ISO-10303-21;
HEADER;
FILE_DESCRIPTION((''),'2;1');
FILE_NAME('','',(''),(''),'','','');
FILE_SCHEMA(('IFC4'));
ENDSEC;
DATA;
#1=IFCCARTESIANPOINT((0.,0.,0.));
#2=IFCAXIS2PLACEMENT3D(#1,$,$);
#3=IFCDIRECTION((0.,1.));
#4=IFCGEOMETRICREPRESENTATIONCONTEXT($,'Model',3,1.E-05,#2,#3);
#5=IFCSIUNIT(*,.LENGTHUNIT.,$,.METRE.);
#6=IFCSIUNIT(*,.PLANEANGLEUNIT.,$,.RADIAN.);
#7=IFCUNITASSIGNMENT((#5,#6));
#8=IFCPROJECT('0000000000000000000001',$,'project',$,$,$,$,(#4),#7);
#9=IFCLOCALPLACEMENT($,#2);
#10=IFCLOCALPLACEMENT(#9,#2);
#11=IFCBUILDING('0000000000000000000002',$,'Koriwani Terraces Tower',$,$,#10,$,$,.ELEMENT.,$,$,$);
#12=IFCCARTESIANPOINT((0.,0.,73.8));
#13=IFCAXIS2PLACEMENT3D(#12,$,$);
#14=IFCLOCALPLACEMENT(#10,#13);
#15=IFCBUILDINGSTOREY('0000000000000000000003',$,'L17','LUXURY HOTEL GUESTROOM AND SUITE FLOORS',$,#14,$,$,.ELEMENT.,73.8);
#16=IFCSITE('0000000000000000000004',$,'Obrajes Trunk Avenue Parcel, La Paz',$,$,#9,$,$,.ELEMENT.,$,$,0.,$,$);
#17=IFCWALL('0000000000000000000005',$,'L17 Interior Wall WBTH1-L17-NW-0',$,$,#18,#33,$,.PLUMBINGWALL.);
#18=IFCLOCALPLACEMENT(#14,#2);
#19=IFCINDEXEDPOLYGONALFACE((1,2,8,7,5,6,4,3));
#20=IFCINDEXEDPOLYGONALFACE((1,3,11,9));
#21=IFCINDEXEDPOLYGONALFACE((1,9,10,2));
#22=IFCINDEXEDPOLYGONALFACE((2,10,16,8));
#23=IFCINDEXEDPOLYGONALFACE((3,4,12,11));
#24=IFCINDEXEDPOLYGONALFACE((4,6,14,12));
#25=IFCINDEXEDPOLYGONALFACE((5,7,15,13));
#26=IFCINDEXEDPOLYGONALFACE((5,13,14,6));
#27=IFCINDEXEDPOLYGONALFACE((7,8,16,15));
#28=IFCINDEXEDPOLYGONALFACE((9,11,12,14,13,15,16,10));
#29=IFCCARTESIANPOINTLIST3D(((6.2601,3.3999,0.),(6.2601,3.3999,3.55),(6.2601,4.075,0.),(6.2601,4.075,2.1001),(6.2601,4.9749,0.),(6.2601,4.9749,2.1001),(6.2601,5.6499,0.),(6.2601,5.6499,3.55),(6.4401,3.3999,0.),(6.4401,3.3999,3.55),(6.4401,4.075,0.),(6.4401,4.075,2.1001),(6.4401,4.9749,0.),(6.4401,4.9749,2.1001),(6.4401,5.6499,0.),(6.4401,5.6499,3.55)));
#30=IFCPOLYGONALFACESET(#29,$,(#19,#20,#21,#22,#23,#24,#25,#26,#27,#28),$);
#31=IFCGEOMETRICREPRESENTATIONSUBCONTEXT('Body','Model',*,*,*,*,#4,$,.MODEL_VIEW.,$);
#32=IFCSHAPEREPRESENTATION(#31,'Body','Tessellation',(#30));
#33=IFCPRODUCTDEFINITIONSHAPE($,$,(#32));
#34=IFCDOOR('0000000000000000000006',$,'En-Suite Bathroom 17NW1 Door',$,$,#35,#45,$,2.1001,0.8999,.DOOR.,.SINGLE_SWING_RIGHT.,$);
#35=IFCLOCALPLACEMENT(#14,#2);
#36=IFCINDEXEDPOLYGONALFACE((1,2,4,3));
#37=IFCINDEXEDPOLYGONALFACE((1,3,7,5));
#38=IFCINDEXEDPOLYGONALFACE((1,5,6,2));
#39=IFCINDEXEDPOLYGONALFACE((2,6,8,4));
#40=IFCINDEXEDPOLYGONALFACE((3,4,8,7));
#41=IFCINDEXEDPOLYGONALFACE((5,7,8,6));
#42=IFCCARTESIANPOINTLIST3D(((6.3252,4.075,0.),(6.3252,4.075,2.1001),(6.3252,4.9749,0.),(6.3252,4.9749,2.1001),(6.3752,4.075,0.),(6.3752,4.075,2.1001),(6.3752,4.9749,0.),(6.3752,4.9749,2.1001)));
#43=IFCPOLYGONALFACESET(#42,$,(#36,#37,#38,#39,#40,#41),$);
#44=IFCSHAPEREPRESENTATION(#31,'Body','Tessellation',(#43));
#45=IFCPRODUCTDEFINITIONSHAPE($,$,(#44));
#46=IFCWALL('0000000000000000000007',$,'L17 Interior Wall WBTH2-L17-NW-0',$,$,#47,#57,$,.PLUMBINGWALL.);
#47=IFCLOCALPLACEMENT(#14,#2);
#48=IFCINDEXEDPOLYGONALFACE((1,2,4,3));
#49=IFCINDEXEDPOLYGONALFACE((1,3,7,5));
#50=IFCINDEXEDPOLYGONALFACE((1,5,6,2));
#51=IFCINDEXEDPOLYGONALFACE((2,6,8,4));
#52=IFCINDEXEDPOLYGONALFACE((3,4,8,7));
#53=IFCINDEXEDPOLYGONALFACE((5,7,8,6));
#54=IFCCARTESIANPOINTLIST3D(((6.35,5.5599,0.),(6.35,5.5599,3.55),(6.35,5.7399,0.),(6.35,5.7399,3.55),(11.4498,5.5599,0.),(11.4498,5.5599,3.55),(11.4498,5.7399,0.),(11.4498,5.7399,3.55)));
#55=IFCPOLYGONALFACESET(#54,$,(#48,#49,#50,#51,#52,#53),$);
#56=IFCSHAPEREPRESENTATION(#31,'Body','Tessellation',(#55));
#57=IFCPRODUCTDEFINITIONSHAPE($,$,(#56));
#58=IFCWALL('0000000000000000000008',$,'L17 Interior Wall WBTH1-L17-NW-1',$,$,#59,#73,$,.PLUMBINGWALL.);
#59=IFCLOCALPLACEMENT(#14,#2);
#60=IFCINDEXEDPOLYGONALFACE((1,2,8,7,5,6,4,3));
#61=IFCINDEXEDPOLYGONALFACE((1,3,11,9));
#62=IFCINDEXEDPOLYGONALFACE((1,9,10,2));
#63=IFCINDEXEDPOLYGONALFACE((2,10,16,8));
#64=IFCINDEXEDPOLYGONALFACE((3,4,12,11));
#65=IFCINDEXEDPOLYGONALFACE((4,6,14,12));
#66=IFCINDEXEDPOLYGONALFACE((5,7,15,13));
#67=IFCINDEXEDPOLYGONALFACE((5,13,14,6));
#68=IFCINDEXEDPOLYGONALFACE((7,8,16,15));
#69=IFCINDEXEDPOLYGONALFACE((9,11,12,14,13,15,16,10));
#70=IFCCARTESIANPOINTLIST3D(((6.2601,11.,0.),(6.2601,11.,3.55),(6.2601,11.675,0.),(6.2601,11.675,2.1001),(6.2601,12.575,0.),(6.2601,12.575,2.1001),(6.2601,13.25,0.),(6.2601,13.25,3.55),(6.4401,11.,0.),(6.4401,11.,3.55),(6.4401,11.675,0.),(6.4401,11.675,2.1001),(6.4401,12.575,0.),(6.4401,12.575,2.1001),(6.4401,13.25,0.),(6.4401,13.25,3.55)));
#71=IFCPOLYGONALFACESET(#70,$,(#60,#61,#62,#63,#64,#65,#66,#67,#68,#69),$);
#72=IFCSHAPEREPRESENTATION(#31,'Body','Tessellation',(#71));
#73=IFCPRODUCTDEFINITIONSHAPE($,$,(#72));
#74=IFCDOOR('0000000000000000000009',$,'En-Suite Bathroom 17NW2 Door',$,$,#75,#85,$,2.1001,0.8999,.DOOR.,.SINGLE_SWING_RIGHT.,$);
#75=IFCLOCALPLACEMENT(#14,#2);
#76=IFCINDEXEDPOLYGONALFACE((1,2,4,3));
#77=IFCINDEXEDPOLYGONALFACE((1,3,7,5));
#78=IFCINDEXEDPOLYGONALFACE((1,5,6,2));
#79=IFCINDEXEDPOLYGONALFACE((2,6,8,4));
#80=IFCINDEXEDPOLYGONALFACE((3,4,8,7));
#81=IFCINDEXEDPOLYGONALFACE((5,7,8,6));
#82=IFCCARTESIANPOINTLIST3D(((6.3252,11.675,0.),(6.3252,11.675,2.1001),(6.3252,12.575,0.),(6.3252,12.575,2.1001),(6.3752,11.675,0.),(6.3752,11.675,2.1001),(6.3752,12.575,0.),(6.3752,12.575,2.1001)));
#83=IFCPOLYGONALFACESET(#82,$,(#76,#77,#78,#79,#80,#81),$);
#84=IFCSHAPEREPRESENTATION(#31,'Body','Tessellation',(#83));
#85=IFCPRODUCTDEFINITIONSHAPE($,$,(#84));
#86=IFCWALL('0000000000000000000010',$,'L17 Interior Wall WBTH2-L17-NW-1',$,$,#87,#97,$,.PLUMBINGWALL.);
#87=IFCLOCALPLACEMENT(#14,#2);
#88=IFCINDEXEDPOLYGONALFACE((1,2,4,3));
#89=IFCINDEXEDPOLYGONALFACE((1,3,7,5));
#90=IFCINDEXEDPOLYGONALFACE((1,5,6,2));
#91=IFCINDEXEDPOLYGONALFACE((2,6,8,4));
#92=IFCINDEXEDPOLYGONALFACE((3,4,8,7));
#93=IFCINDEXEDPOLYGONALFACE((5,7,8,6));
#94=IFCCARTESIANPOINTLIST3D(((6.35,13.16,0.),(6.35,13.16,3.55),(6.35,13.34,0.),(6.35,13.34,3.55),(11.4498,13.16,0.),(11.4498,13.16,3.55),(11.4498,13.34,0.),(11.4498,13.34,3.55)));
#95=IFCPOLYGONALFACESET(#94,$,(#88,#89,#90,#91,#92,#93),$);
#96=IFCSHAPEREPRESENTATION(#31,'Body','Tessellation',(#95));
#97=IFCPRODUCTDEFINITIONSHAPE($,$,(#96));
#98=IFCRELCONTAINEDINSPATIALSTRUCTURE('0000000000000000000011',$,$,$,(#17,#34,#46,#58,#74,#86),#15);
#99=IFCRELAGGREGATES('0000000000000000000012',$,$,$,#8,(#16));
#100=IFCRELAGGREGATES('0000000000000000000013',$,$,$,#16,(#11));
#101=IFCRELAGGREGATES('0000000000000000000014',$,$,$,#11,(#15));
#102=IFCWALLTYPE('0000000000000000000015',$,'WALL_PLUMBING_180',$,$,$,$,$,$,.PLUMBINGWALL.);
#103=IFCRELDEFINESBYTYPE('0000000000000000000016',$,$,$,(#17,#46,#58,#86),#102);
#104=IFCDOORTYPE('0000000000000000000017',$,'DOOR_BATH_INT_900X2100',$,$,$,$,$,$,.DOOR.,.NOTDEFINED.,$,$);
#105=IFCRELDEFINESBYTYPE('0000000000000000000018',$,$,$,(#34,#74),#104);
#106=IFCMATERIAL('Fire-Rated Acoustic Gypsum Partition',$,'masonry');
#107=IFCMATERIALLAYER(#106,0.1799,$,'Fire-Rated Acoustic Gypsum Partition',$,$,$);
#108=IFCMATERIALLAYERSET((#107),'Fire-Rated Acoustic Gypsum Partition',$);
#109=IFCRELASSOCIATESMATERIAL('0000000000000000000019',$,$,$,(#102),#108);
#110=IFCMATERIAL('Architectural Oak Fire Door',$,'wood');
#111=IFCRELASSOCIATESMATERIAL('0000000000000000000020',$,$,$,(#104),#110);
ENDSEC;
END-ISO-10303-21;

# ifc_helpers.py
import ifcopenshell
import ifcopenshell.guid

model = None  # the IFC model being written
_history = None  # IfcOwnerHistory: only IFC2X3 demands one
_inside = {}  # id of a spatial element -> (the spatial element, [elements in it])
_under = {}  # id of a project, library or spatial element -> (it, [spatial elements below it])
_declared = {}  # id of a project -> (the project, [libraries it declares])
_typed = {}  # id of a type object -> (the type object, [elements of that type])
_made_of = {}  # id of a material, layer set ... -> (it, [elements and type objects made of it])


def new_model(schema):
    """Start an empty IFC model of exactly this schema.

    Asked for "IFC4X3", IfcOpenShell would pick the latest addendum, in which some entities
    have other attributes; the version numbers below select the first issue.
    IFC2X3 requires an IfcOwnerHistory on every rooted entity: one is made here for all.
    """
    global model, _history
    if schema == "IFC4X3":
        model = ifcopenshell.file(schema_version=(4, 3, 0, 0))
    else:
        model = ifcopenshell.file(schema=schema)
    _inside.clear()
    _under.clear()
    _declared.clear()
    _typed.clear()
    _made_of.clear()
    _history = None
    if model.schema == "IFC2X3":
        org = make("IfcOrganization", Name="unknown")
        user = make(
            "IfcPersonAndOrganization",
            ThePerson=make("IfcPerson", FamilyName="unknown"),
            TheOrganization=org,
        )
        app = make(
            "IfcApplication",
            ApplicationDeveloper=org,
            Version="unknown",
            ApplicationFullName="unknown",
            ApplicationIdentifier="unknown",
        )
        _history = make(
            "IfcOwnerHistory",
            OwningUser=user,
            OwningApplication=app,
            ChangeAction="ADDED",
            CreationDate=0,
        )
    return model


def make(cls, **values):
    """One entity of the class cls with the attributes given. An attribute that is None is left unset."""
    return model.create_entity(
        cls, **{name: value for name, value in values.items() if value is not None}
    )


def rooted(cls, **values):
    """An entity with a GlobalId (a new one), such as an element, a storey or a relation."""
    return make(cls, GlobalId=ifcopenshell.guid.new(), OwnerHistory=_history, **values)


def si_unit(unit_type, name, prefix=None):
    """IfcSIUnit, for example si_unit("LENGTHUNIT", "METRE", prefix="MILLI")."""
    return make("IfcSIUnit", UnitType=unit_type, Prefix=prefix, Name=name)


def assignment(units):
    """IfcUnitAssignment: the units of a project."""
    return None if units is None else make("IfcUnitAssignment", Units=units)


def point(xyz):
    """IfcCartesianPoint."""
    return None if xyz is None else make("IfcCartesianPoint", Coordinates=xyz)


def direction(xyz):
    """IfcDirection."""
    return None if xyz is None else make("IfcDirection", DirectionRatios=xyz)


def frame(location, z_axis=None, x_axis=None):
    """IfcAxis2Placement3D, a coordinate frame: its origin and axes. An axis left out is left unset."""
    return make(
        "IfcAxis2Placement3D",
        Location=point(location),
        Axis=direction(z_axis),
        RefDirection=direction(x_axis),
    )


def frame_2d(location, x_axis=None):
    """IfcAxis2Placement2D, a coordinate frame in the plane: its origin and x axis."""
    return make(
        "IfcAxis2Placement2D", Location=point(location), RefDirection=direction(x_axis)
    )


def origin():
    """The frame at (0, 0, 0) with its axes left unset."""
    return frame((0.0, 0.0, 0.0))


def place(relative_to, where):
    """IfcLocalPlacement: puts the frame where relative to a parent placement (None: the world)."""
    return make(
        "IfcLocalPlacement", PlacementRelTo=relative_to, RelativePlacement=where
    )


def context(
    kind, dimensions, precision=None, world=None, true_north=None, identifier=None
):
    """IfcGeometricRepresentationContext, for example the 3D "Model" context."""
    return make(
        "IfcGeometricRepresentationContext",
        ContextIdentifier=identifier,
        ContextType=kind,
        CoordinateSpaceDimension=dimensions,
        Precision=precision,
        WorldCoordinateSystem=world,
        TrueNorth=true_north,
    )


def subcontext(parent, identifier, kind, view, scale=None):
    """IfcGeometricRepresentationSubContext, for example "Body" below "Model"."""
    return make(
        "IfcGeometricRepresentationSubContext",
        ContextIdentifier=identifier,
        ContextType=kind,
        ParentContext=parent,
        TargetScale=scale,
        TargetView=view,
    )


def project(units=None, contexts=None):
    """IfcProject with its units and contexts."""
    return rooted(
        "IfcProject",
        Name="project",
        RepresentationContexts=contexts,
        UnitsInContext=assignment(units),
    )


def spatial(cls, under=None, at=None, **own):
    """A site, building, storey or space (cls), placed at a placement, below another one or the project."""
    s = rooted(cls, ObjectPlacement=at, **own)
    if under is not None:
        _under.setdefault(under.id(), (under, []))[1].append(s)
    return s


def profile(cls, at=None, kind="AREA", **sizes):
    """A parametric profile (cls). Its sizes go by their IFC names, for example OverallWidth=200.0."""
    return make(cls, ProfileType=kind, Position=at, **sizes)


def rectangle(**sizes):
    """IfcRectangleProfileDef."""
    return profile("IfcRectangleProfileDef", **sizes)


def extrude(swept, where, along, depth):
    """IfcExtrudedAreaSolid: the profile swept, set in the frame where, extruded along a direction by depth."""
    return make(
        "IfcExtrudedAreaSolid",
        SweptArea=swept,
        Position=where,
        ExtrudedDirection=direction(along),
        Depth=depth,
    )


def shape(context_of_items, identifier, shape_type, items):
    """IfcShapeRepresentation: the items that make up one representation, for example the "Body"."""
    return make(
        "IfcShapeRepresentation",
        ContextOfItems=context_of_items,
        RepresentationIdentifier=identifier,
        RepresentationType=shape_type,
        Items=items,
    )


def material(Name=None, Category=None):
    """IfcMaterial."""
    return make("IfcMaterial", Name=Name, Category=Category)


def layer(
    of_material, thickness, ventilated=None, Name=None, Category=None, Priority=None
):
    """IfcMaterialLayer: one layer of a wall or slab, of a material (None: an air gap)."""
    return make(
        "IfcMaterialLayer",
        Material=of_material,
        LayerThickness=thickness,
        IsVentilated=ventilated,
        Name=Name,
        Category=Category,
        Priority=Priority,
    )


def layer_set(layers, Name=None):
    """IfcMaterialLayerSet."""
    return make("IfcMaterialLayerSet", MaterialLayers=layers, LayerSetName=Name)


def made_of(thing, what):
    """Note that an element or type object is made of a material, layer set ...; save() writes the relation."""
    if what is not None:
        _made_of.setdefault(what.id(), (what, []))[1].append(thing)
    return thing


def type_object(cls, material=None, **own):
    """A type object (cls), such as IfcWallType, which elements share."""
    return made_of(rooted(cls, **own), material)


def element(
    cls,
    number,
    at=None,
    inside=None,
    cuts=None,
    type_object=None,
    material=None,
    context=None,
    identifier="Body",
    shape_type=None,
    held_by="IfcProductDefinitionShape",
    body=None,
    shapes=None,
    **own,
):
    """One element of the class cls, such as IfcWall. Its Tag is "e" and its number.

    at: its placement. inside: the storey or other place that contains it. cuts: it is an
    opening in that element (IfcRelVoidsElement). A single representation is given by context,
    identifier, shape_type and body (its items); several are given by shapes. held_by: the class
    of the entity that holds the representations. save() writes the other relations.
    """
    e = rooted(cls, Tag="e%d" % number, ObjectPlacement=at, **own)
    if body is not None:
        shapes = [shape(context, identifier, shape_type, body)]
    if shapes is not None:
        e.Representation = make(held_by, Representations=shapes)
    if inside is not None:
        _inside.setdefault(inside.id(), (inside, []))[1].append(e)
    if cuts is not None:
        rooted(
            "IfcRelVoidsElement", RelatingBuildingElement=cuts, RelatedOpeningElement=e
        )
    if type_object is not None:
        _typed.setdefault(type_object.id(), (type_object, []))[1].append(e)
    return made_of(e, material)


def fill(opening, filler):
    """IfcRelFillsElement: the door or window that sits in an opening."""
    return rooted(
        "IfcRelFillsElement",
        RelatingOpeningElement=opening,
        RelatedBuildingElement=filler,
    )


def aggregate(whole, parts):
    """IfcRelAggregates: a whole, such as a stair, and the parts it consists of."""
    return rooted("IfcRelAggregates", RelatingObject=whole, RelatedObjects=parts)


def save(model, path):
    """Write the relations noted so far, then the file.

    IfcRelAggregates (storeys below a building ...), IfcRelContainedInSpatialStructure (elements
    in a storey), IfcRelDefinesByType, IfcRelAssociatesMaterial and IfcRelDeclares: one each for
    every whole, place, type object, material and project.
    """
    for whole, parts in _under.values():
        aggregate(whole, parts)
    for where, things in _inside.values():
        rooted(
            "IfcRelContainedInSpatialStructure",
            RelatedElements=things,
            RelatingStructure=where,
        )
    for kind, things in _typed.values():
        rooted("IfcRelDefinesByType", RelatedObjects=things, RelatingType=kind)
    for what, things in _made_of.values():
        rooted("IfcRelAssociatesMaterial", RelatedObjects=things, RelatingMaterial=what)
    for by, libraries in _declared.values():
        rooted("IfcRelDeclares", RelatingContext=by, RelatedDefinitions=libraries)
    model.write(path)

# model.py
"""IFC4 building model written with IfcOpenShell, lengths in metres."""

from ifc_helpers import new_model, si_unit, direction, frame, frame_2d, origin, place, context, subcontext, project, spatial, rectangle, extrude, material, layer, layer_set, type_object, element, fill, save


model = new_model("IFC4")

# Units and contexts
model_context = context("Model", 3, precision=1e-05, world=origin(), true_north=direction((0.0, 1.0)))
body_context = subcontext(model_context, "Body", "Model", "MODEL_VIEW")
ifc_project = project(units=[si_unit("LENGTHUNIT", "METRE"), si_unit("PLANEANGLEUNIT", "RADIAN")], contexts=[model_context])

# Site, building, storey
site_placement = place(None, origin())
site = spatial("IfcSite", under=ifc_project, at=site_placement, Name="Obrajes Trunk Avenue Parcel, La Paz", CompositionType="ELEMENT", RefElevation=0.0)
building_placement = place(site_placement, origin())
building = spatial("IfcBuilding", under=site, at=building_placement, Name="Koriwani Terraces Tower", CompositionType="ELEMENT")
storey_placement = place(building_placement, frame((0.0, 0.0, 73.8)))
storey = spatial("IfcBuildingStorey", under=building, at=storey_placement, Name="L17", Description="LUXURY HOTEL GUESTROOM AND SUITE FLOORS", CompositionType="ELEMENT", Elevation=73.8)

# Wall, opening, door
ifc_material_1 = material(Name="Fire-Rated Acoustic Gypsum Partition", Category="masonry")
ifc_layer_1 = layer(ifc_material_1, 0.1799, Name="Fire-Rated Acoustic Gypsum Partition")
ifc_layer_set_1 = layer_set([ifc_layer_1], Name="Fire-Rated Acoustic Gypsum Partition")
wall_type_1 = type_object("IfcWallType", Name="WALL_PLUMBING_180", PredefinedType="PLUMBINGWALL", material=ifc_layer_set_1)
wall_1_placement = place(storey_placement, frame((6.3501, 3.3999, 0.0), z_axis=(0.0, 0.0, 1.0), x_axis=(0.0, 1.0, 0.0)))
wall_1 = element("IfcWall", 1, at=wall_1_placement, inside=storey, type_object=wall_type_1, Name="L17 Interior Wall WBTH1-L17-NW-0", PredefinedType="PLUMBINGWALL", context=body_context, shape_type="SweptSolid", body=[
    extrude(rectangle(XDim=2.25, YDim=0.1799, at=frame_2d((1.125, 0.0))), origin(), (0.0, 0.0, 1.0), 3.55),
])
opening_1_placement = place(wall_1_placement, frame((0.675, 0.0, 0.0)))
opening_1 = element("IfcOpeningElement", 2, at=opening_1_placement, cuts=wall_1, PredefinedType="OPENING", context=body_context, shape_type="SweptSolid", body=[
    extrude(rectangle(XDim=0.8999, YDim=2.1001, at=frame_2d((0.45, 1.05))), frame((0.0, 0.1001, 0.0), z_axis=(0.0, -1.0, 0.0), x_axis=(1.0, 0.0, 0.0)), (0.0, 0.0, 1.0), 0.2),
])
ifc_material_2 = material(Name="Architectural Oak Fire Door", Category="wood")
door_type_1 = type_object("IfcDoorType", Name="DOOR_BATH_INT_900X2100", OperationType="NOTDEFINED", PredefinedType="DOOR", material=ifc_material_2)
door_1_placement = place(opening_1_placement, origin())
door_1 = element("IfcDoor", 3, at=door_1_placement, inside=storey, type_object=door_type_1, Name="En-Suite Bathroom 17NW1 Door", OperationType="SINGLE_SWING_RIGHT", OverallHeight=2.1001, OverallWidth=0.8999, PredefinedType="DOOR", context=body_context, shape_type="SweptSolid", body=[
    extrude(rectangle(XDim=0.8999, YDim=2.1001, at=frame_2d((0.45, 1.05))), frame((0.0, 0.0249, 0.0), z_axis=(0.0, -1.0, 0.0), x_axis=(1.0, 0.0, 0.0)), (0.0, 0.0, 1.0), 0.05),
])
fill(opening_1, door_1)

# Wall
wall_2_placement = place(storey_placement, frame((6.3501, 5.6499, 0.0), z_axis=(0.0, 0.0, 1.0), x_axis=(1.0, 0.0, 0.0)))
element("IfcWall", 4, at=wall_2_placement, inside=storey, type_object=wall_type_1, Name="L17 Interior Wall WBTH2-L17-NW-0", PredefinedType="PLUMBINGWALL", context=body_context, shape_type="SweptSolid", body=[
    extrude(rectangle(XDim=5.0999, YDim=0.1799, at=frame_2d((2.5498, 0.0))), origin(), (0.0, 0.0, 1.0), 3.55),
])

# Wall, opening, door
wall_3_placement = place(storey_placement, frame((6.3501, 11.0, 0.0), z_axis=(0.0, 0.0, 1.0), x_axis=(0.0, 1.0, 0.0)))
wall_3 = element("IfcWall", 5, at=wall_3_placement, inside=storey, type_object=wall_type_1, Name="L17 Interior Wall WBTH1-L17-NW-1", PredefinedType="PLUMBINGWALL", context=body_context, shape_type="SweptSolid", body=[
    extrude(rectangle(XDim=2.25, YDim=0.1799, at=frame_2d((1.125, 0.0))), origin(), (0.0, 0.0, 1.0), 3.55),
])
opening_2_placement = place(wall_3_placement, frame((0.675, 0.0, 0.0)))
opening_2 = element("IfcOpeningElement", 6, at=opening_2_placement, cuts=wall_3, PredefinedType="OPENING", context=body_context, shape_type="SweptSolid", body=[
    extrude(rectangle(XDim=0.8999, YDim=2.1001, at=frame_2d((0.45, 1.05))), frame((0.0, 0.1001, 0.0), z_axis=(0.0, -1.0, 0.0), x_axis=(1.0, 0.0, 0.0)), (0.0, 0.0, 1.0), 0.2),
])
door_2_placement = place(opening_2_placement, origin())
door_2 = element("IfcDoor", 7, at=door_2_placement, inside=storey, type_object=door_type_1, Name="En-Suite Bathroom 17NW2 Door", OperationType="SINGLE_SWING_RIGHT", OverallHeight=2.1001, OverallWidth=0.8999, PredefinedType="DOOR", context=body_context, shape_type="SweptSolid", body=[
    extrude(rectangle(XDim=0.8999, YDim=2.1001, at=frame_2d((0.45, 1.05))), frame((0.0, 0.0249, 0.0), z_axis=(0.0, -1.0, 0.0), x_axis=(1.0, 0.0, 0.0)), (0.0, 0.0, 1.0), 0.05),
])
fill(opening_2, door_2)

# Wall
wall_4_placement = place(storey_placement, frame((6.3501, 13.25, 0.0), z_axis=(0.0, 0.0, 1.0), x_axis=(1.0, 0.0, 0.0)))
element("IfcWall", 8, at=wall_4_placement, inside=storey, type_object=wall_type_1, Name="L17 Interior Wall WBTH2-L17-NW-1", PredefinedType="PLUMBINGWALL", context=body_context, shape_type="SweptSolid", body=[
    extrude(rectangle(XDim=5.0999, YDim=0.1799, at=frame_2d((2.5498, 0.0))), origin(), (0.0, 0.0, 1.0), 3.55),
])

save(model, "model.ifc")
